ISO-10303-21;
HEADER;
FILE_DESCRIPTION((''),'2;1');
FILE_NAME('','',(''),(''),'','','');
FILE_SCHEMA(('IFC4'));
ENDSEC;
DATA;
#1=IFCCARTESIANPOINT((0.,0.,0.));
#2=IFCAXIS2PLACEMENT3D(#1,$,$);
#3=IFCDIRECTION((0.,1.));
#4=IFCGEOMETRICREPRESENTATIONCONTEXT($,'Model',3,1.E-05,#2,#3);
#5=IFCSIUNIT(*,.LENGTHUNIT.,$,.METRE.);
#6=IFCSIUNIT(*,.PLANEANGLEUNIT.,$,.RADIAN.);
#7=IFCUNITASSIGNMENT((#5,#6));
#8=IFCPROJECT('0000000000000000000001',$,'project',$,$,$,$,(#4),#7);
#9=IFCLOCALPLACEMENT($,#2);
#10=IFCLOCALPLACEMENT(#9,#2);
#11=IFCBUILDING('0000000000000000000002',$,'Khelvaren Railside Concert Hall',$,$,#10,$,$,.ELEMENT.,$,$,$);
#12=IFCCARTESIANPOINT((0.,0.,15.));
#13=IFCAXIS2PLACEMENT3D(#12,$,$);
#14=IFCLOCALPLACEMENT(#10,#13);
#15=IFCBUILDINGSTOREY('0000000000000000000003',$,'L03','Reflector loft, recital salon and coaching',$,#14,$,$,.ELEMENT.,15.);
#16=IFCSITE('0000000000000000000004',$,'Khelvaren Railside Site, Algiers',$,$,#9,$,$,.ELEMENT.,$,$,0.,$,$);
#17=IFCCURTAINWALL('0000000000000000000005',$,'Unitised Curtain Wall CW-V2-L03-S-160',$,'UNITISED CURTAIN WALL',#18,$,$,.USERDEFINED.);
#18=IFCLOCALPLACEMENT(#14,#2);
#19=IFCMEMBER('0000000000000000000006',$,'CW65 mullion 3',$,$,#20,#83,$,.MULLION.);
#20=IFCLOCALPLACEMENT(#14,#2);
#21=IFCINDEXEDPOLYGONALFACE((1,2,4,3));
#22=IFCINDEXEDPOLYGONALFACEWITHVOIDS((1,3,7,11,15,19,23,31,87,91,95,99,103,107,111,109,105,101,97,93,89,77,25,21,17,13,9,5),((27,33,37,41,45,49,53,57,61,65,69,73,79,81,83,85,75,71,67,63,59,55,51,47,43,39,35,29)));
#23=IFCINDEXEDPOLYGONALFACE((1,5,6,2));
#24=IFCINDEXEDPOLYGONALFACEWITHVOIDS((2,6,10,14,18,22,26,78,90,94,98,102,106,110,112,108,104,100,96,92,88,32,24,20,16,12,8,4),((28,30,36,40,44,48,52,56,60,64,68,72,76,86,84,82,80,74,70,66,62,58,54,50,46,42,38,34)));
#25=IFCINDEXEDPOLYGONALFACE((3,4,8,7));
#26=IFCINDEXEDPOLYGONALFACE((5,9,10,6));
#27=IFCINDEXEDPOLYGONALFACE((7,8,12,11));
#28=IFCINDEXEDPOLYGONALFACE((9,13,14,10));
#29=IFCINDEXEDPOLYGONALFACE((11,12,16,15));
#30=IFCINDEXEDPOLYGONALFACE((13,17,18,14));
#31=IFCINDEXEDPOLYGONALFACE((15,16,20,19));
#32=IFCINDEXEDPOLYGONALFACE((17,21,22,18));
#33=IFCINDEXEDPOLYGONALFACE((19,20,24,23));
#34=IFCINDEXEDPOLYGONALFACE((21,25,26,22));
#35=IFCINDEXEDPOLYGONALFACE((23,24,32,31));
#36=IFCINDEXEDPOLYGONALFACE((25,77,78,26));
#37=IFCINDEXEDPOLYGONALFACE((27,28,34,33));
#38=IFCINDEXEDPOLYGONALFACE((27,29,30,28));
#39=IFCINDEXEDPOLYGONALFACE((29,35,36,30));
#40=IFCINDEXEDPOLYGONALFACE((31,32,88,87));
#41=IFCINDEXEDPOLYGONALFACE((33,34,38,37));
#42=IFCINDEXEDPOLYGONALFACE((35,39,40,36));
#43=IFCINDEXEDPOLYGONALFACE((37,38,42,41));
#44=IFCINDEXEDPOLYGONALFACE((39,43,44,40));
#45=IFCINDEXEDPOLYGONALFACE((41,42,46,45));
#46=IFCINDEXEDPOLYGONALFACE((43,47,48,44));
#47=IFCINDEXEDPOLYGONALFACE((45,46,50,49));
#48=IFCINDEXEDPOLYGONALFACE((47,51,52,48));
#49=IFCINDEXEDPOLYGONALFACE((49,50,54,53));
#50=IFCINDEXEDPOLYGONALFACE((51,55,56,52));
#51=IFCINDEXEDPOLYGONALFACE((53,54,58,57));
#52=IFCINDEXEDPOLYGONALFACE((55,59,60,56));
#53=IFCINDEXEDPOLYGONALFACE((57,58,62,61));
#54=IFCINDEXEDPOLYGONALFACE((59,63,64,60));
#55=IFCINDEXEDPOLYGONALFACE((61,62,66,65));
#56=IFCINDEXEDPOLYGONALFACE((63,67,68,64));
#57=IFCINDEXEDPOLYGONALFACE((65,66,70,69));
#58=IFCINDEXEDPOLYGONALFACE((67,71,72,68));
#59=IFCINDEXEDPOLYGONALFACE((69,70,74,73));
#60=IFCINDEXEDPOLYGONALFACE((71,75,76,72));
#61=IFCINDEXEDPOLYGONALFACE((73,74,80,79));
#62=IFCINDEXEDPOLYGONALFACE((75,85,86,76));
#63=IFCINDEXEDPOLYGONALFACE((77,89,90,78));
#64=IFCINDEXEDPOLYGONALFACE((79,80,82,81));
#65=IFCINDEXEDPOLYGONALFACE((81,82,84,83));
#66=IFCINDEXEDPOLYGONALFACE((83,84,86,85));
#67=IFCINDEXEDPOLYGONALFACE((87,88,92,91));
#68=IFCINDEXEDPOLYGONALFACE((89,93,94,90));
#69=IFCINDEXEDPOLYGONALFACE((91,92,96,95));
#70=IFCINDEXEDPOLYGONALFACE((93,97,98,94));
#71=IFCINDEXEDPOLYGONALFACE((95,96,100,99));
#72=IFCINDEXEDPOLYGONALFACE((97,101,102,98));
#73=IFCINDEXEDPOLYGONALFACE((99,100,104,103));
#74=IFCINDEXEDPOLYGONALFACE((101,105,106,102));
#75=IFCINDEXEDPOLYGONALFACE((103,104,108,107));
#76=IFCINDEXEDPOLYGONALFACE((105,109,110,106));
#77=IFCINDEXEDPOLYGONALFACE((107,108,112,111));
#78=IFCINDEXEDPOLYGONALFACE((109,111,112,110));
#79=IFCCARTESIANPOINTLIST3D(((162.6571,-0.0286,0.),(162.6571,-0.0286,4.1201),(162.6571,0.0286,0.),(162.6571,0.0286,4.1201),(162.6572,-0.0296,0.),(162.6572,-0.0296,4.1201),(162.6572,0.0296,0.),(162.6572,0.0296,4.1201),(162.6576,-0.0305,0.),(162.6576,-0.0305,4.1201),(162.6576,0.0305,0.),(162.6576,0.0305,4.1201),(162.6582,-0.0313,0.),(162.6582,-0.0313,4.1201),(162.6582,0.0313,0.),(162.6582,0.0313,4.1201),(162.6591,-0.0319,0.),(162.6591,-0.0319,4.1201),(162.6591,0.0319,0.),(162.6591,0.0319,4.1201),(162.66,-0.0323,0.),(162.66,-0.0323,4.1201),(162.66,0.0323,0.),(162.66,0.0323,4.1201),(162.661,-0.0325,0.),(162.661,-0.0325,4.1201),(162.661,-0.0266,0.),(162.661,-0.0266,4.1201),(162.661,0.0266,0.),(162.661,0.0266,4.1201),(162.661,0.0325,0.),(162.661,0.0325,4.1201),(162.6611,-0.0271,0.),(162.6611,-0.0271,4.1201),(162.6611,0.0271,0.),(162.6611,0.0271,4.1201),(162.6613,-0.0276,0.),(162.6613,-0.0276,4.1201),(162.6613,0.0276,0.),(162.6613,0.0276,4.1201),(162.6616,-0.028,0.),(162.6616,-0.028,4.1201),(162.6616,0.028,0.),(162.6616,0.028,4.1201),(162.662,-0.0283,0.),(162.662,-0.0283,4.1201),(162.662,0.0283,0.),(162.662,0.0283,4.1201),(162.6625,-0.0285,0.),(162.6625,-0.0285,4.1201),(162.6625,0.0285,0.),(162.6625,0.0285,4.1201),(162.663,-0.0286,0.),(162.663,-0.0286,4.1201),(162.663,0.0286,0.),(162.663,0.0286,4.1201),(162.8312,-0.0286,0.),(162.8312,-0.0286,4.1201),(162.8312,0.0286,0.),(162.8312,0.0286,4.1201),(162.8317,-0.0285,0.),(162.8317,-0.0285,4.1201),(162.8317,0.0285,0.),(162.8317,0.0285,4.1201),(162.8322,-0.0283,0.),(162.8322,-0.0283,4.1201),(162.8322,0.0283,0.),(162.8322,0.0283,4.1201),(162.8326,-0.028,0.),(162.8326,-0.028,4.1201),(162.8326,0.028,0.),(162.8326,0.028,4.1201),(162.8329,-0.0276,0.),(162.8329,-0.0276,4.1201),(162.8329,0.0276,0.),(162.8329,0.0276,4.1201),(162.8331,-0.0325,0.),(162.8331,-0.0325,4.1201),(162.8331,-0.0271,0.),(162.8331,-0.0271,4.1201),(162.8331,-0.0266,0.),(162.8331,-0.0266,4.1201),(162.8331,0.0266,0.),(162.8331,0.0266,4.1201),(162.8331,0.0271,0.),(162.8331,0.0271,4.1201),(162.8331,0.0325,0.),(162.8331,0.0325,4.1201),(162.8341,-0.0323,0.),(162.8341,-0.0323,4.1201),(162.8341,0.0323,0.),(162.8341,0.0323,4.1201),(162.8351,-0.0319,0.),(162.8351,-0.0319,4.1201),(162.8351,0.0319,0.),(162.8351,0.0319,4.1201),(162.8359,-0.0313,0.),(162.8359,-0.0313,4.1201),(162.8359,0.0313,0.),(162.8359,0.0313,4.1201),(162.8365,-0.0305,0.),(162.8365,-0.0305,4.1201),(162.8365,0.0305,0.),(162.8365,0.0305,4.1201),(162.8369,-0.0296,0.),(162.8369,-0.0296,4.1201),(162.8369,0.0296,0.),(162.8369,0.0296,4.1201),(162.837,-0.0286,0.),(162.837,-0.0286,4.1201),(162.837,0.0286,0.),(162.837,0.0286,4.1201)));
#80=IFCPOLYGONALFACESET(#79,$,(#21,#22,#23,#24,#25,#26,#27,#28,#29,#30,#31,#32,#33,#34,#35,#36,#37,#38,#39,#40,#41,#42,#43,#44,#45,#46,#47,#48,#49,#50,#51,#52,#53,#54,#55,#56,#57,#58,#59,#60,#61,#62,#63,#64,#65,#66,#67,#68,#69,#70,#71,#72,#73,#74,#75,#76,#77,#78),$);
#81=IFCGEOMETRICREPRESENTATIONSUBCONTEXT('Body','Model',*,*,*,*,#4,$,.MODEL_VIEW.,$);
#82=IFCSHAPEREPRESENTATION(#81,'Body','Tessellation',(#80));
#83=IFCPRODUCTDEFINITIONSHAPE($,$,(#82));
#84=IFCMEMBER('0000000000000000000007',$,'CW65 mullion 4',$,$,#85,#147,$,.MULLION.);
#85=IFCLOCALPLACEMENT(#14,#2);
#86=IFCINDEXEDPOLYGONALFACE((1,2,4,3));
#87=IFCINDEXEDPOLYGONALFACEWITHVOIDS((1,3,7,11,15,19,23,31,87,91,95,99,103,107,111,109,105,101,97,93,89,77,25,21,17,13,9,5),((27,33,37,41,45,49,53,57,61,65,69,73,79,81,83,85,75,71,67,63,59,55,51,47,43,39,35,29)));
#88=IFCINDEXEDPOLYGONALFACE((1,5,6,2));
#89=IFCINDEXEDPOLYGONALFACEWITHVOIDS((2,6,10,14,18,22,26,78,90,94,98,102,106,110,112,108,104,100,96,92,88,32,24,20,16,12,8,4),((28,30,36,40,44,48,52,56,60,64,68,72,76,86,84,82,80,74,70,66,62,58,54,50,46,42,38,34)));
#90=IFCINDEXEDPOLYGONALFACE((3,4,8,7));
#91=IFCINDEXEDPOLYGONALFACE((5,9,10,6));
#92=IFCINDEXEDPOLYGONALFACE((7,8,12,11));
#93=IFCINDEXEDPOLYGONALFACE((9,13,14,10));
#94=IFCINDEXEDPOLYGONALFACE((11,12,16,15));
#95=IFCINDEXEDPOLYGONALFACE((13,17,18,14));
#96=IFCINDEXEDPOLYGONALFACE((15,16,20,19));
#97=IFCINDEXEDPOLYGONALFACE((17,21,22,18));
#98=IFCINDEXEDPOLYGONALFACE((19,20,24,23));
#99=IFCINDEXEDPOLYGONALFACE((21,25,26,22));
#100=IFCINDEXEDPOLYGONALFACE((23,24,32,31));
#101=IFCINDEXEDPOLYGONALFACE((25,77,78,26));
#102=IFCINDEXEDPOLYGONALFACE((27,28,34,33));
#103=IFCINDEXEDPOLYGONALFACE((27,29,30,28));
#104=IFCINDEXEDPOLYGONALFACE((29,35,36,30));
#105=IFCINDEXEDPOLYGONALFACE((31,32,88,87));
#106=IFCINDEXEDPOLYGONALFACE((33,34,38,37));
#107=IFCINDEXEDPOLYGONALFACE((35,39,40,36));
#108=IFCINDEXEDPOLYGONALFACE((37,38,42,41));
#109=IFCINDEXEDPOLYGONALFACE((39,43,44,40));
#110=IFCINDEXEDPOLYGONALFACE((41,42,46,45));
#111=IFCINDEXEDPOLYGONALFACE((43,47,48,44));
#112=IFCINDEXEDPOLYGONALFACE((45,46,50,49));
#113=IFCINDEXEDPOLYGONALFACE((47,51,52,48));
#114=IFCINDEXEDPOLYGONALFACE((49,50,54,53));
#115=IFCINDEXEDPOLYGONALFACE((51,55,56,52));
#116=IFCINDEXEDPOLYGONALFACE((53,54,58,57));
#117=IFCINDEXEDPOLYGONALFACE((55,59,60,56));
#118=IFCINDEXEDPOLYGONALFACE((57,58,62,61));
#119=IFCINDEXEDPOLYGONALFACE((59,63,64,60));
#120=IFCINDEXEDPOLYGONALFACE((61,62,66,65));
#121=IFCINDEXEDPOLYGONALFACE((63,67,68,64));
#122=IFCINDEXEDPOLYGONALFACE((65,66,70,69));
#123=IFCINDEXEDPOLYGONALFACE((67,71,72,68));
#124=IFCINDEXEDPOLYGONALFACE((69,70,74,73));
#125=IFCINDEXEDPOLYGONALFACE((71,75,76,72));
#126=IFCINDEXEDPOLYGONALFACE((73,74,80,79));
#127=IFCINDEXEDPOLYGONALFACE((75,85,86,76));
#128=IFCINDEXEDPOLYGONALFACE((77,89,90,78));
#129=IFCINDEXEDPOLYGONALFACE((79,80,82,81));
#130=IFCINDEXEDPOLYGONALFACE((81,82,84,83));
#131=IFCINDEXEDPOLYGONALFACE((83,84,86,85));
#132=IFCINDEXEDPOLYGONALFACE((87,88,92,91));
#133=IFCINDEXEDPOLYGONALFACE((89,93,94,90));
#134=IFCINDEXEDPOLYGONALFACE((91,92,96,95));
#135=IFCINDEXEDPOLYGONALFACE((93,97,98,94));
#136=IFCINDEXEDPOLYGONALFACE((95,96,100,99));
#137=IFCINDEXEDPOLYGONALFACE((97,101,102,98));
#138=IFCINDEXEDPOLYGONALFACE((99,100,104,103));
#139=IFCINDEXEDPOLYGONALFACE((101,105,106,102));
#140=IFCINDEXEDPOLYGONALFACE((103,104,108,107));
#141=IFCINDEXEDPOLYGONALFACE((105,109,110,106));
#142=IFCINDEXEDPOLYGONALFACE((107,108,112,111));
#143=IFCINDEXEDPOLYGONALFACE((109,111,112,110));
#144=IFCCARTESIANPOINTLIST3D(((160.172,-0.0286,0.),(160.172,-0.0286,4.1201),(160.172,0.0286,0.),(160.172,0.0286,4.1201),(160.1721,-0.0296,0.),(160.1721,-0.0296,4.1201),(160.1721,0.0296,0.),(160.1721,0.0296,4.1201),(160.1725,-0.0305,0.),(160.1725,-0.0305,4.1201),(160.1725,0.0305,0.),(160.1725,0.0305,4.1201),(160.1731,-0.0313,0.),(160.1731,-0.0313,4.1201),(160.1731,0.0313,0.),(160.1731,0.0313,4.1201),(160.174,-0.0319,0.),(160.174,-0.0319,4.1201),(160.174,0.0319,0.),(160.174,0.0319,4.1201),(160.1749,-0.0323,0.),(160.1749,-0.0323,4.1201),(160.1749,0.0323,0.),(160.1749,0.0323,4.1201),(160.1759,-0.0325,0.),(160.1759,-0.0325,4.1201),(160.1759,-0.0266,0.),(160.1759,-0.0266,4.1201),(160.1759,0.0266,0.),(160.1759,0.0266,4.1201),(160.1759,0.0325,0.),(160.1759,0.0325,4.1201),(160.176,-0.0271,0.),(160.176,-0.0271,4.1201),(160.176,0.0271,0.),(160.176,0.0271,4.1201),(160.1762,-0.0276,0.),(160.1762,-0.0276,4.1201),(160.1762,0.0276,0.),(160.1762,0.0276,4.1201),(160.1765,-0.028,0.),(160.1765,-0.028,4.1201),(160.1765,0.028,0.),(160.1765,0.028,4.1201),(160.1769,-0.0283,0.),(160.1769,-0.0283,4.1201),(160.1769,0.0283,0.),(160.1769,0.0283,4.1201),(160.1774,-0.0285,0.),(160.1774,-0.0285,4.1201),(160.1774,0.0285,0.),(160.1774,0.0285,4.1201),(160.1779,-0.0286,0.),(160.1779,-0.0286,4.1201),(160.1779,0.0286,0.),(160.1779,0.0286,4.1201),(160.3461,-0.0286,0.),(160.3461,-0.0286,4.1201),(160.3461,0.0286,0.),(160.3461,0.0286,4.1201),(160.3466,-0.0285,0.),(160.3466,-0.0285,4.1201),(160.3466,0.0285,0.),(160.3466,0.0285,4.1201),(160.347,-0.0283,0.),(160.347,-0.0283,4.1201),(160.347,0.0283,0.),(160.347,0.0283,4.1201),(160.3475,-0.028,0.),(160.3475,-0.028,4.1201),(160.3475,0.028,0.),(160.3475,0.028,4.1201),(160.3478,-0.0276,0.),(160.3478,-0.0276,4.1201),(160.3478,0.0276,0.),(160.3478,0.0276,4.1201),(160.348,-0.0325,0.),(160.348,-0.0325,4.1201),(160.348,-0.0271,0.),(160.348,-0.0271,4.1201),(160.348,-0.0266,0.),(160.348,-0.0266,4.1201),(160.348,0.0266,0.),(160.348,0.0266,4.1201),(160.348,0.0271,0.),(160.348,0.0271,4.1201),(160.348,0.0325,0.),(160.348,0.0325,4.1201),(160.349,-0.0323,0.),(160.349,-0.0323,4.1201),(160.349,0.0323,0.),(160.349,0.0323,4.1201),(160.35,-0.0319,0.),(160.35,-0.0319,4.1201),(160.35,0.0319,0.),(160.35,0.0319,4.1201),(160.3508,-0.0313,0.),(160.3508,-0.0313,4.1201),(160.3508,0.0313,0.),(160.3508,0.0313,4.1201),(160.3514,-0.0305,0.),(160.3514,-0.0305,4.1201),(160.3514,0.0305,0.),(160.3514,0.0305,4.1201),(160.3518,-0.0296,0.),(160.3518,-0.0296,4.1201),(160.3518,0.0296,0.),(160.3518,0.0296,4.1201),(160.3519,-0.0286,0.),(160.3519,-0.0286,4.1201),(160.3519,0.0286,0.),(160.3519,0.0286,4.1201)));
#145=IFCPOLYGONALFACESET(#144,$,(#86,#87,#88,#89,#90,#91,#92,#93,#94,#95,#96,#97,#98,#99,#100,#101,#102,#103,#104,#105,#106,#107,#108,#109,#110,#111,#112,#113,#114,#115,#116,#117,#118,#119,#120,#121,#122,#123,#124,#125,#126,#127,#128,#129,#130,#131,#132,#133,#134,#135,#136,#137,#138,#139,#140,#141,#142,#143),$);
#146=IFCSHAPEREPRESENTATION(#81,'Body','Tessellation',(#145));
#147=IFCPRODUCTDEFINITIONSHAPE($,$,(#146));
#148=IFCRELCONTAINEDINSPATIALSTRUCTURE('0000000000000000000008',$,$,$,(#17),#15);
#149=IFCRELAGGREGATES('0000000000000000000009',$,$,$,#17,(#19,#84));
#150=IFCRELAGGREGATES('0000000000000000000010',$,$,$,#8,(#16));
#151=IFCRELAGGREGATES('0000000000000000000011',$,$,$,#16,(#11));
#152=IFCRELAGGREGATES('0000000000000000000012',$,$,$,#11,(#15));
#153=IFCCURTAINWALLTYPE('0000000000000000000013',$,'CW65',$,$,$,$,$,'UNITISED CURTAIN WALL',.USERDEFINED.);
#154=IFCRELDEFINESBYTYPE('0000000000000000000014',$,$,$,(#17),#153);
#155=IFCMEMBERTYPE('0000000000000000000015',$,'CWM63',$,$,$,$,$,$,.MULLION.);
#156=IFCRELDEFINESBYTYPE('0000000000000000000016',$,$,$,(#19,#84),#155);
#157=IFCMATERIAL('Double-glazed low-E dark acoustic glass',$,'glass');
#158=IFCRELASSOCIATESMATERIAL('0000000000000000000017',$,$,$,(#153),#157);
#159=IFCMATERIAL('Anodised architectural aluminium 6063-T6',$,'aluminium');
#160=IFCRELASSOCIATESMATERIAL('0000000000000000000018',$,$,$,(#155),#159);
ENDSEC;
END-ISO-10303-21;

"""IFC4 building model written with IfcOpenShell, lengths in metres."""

from ifc_helpers import new_model, si_unit, direction, frame, origin, origin_2d, place, context, subcontext, project, spatial, hollow_rectangle, extrude, material, material_profile, profile_set, type_object, element, aggregate, save


model = new_model("IFC4")

# Units and contexts
model_context = context("Model", 3, precision=1e-05, world=origin(), true_north=direction((0.0, 1.0)))
body_context = subcontext(model_context, "Body", "Model", "MODEL_VIEW")
ifc_project = project(units=[si_unit("LENGTHUNIT", "METRE"), si_unit("PLANEANGLEUNIT", "RADIAN")], contexts=[model_context])

# Site, building, storey
site_placement = place(None, origin())
site = spatial("IfcSite", under=ifc_project, at=site_placement, Name="Khelvaren Railside Site, Algiers", CompositionType="ELEMENT", RefElevation=0.0)
building_placement = place(site_placement, origin())
building = spatial("IfcBuilding", under=site, at=building_placement, Name="Khelvaren Railside Concert Hall", CompositionType="ELEMENT")
storey_placement = place(building_placement, frame((0.0, 0.0, 15.0)))
storey = spatial("IfcBuildingStorey", under=building, at=storey_placement, Name="L03", Description="Reflector loft, recital salon and coaching", CompositionType="ELEMENT", Elevation=15.0)

# Curtain wall, members
ifc_material_1 = material(Name="Double-glazed low-E dark acoustic glass", Category="glass")
curtain_wall_type = type_object("IfcCurtainWallType", Name="CW65", ElementType="UNITISED CURTAIN WALL", PredefinedType="USERDEFINED", material=ifc_material_1)
curtain_wall_placement = place(storey_placement, origin())
curtain_wall = element("IfcCurtainWall", 1, at=curtain_wall_placement, inside=storey, type_object=curtain_wall_type, Name="Unitised Curtain Wall CW-V2-L03-S-160", ObjectType="UNITISED CURTAIN WALL", PredefinedType="USERDEFINED")
ifc_material_2 = material(Name="Anodised architectural aluminium 6063-T6", Category="aluminium")
ifc_material_profile_1 = material_profile(ifc_material_2, hollow_rectangle(XDim=0.0649, YDim=0.1799, WallThickness=0.0039, InnerFilletRadius=0.002, OuterFilletRadius=0.0039, at=origin_2d()), Name="CWM 65x180x4")
ifc_profile_set_1 = profile_set([ifc_material_profile_1], Name="Anodised architectural aluminium 6063-T6")
member_type_1 = type_object("IfcMemberType", Name="CWM63", PredefinedType="MULLION", material=ifc_profile_set_1)
member_1_placement = place(storey_placement, frame((162.7471, 0.0, 0.0), z_axis=(0.0, 0.0, 1.0), x_axis=(0.0, -1.0, 0.0)))
member_1 = element("IfcMember", 2, at=member_1_placement, type_object=member_type_1, Name="CW65 mullion 3", PredefinedType="MULLION", context=body_context, shape_type="SweptSolid", body=[
    extrude(hollow_rectangle(XDim=0.0649, YDim=0.1799, WallThickness=0.0039, InnerFilletRadius=0.002, OuterFilletRadius=0.0039, at=origin_2d()), origin(), (0.0, 0.0, 1.0), 4.1201),
])
member_2_placement = place(storey_placement, frame((160.262, 0.0, 0.0), z_axis=(0.0, 0.0, 1.0), x_axis=(0.0, -1.0, 0.0)))
member_2 = element("IfcMember", 3, at=member_2_placement, type_object=member_type_1, Name="CW65 mullion 4", PredefinedType="MULLION", context=body_context, shape_type="SweptSolid", body=[
    extrude(hollow_rectangle(XDim=0.0649, YDim=0.1799, WallThickness=0.0039, InnerFilletRadius=0.002, OuterFilletRadius=0.0039, at=origin_2d()), origin(), (0.0, 0.0, 1.0), 4.1201),
])

aggregate(curtain_wall, [member_1, member_2])

save(model, "model.ifc")
